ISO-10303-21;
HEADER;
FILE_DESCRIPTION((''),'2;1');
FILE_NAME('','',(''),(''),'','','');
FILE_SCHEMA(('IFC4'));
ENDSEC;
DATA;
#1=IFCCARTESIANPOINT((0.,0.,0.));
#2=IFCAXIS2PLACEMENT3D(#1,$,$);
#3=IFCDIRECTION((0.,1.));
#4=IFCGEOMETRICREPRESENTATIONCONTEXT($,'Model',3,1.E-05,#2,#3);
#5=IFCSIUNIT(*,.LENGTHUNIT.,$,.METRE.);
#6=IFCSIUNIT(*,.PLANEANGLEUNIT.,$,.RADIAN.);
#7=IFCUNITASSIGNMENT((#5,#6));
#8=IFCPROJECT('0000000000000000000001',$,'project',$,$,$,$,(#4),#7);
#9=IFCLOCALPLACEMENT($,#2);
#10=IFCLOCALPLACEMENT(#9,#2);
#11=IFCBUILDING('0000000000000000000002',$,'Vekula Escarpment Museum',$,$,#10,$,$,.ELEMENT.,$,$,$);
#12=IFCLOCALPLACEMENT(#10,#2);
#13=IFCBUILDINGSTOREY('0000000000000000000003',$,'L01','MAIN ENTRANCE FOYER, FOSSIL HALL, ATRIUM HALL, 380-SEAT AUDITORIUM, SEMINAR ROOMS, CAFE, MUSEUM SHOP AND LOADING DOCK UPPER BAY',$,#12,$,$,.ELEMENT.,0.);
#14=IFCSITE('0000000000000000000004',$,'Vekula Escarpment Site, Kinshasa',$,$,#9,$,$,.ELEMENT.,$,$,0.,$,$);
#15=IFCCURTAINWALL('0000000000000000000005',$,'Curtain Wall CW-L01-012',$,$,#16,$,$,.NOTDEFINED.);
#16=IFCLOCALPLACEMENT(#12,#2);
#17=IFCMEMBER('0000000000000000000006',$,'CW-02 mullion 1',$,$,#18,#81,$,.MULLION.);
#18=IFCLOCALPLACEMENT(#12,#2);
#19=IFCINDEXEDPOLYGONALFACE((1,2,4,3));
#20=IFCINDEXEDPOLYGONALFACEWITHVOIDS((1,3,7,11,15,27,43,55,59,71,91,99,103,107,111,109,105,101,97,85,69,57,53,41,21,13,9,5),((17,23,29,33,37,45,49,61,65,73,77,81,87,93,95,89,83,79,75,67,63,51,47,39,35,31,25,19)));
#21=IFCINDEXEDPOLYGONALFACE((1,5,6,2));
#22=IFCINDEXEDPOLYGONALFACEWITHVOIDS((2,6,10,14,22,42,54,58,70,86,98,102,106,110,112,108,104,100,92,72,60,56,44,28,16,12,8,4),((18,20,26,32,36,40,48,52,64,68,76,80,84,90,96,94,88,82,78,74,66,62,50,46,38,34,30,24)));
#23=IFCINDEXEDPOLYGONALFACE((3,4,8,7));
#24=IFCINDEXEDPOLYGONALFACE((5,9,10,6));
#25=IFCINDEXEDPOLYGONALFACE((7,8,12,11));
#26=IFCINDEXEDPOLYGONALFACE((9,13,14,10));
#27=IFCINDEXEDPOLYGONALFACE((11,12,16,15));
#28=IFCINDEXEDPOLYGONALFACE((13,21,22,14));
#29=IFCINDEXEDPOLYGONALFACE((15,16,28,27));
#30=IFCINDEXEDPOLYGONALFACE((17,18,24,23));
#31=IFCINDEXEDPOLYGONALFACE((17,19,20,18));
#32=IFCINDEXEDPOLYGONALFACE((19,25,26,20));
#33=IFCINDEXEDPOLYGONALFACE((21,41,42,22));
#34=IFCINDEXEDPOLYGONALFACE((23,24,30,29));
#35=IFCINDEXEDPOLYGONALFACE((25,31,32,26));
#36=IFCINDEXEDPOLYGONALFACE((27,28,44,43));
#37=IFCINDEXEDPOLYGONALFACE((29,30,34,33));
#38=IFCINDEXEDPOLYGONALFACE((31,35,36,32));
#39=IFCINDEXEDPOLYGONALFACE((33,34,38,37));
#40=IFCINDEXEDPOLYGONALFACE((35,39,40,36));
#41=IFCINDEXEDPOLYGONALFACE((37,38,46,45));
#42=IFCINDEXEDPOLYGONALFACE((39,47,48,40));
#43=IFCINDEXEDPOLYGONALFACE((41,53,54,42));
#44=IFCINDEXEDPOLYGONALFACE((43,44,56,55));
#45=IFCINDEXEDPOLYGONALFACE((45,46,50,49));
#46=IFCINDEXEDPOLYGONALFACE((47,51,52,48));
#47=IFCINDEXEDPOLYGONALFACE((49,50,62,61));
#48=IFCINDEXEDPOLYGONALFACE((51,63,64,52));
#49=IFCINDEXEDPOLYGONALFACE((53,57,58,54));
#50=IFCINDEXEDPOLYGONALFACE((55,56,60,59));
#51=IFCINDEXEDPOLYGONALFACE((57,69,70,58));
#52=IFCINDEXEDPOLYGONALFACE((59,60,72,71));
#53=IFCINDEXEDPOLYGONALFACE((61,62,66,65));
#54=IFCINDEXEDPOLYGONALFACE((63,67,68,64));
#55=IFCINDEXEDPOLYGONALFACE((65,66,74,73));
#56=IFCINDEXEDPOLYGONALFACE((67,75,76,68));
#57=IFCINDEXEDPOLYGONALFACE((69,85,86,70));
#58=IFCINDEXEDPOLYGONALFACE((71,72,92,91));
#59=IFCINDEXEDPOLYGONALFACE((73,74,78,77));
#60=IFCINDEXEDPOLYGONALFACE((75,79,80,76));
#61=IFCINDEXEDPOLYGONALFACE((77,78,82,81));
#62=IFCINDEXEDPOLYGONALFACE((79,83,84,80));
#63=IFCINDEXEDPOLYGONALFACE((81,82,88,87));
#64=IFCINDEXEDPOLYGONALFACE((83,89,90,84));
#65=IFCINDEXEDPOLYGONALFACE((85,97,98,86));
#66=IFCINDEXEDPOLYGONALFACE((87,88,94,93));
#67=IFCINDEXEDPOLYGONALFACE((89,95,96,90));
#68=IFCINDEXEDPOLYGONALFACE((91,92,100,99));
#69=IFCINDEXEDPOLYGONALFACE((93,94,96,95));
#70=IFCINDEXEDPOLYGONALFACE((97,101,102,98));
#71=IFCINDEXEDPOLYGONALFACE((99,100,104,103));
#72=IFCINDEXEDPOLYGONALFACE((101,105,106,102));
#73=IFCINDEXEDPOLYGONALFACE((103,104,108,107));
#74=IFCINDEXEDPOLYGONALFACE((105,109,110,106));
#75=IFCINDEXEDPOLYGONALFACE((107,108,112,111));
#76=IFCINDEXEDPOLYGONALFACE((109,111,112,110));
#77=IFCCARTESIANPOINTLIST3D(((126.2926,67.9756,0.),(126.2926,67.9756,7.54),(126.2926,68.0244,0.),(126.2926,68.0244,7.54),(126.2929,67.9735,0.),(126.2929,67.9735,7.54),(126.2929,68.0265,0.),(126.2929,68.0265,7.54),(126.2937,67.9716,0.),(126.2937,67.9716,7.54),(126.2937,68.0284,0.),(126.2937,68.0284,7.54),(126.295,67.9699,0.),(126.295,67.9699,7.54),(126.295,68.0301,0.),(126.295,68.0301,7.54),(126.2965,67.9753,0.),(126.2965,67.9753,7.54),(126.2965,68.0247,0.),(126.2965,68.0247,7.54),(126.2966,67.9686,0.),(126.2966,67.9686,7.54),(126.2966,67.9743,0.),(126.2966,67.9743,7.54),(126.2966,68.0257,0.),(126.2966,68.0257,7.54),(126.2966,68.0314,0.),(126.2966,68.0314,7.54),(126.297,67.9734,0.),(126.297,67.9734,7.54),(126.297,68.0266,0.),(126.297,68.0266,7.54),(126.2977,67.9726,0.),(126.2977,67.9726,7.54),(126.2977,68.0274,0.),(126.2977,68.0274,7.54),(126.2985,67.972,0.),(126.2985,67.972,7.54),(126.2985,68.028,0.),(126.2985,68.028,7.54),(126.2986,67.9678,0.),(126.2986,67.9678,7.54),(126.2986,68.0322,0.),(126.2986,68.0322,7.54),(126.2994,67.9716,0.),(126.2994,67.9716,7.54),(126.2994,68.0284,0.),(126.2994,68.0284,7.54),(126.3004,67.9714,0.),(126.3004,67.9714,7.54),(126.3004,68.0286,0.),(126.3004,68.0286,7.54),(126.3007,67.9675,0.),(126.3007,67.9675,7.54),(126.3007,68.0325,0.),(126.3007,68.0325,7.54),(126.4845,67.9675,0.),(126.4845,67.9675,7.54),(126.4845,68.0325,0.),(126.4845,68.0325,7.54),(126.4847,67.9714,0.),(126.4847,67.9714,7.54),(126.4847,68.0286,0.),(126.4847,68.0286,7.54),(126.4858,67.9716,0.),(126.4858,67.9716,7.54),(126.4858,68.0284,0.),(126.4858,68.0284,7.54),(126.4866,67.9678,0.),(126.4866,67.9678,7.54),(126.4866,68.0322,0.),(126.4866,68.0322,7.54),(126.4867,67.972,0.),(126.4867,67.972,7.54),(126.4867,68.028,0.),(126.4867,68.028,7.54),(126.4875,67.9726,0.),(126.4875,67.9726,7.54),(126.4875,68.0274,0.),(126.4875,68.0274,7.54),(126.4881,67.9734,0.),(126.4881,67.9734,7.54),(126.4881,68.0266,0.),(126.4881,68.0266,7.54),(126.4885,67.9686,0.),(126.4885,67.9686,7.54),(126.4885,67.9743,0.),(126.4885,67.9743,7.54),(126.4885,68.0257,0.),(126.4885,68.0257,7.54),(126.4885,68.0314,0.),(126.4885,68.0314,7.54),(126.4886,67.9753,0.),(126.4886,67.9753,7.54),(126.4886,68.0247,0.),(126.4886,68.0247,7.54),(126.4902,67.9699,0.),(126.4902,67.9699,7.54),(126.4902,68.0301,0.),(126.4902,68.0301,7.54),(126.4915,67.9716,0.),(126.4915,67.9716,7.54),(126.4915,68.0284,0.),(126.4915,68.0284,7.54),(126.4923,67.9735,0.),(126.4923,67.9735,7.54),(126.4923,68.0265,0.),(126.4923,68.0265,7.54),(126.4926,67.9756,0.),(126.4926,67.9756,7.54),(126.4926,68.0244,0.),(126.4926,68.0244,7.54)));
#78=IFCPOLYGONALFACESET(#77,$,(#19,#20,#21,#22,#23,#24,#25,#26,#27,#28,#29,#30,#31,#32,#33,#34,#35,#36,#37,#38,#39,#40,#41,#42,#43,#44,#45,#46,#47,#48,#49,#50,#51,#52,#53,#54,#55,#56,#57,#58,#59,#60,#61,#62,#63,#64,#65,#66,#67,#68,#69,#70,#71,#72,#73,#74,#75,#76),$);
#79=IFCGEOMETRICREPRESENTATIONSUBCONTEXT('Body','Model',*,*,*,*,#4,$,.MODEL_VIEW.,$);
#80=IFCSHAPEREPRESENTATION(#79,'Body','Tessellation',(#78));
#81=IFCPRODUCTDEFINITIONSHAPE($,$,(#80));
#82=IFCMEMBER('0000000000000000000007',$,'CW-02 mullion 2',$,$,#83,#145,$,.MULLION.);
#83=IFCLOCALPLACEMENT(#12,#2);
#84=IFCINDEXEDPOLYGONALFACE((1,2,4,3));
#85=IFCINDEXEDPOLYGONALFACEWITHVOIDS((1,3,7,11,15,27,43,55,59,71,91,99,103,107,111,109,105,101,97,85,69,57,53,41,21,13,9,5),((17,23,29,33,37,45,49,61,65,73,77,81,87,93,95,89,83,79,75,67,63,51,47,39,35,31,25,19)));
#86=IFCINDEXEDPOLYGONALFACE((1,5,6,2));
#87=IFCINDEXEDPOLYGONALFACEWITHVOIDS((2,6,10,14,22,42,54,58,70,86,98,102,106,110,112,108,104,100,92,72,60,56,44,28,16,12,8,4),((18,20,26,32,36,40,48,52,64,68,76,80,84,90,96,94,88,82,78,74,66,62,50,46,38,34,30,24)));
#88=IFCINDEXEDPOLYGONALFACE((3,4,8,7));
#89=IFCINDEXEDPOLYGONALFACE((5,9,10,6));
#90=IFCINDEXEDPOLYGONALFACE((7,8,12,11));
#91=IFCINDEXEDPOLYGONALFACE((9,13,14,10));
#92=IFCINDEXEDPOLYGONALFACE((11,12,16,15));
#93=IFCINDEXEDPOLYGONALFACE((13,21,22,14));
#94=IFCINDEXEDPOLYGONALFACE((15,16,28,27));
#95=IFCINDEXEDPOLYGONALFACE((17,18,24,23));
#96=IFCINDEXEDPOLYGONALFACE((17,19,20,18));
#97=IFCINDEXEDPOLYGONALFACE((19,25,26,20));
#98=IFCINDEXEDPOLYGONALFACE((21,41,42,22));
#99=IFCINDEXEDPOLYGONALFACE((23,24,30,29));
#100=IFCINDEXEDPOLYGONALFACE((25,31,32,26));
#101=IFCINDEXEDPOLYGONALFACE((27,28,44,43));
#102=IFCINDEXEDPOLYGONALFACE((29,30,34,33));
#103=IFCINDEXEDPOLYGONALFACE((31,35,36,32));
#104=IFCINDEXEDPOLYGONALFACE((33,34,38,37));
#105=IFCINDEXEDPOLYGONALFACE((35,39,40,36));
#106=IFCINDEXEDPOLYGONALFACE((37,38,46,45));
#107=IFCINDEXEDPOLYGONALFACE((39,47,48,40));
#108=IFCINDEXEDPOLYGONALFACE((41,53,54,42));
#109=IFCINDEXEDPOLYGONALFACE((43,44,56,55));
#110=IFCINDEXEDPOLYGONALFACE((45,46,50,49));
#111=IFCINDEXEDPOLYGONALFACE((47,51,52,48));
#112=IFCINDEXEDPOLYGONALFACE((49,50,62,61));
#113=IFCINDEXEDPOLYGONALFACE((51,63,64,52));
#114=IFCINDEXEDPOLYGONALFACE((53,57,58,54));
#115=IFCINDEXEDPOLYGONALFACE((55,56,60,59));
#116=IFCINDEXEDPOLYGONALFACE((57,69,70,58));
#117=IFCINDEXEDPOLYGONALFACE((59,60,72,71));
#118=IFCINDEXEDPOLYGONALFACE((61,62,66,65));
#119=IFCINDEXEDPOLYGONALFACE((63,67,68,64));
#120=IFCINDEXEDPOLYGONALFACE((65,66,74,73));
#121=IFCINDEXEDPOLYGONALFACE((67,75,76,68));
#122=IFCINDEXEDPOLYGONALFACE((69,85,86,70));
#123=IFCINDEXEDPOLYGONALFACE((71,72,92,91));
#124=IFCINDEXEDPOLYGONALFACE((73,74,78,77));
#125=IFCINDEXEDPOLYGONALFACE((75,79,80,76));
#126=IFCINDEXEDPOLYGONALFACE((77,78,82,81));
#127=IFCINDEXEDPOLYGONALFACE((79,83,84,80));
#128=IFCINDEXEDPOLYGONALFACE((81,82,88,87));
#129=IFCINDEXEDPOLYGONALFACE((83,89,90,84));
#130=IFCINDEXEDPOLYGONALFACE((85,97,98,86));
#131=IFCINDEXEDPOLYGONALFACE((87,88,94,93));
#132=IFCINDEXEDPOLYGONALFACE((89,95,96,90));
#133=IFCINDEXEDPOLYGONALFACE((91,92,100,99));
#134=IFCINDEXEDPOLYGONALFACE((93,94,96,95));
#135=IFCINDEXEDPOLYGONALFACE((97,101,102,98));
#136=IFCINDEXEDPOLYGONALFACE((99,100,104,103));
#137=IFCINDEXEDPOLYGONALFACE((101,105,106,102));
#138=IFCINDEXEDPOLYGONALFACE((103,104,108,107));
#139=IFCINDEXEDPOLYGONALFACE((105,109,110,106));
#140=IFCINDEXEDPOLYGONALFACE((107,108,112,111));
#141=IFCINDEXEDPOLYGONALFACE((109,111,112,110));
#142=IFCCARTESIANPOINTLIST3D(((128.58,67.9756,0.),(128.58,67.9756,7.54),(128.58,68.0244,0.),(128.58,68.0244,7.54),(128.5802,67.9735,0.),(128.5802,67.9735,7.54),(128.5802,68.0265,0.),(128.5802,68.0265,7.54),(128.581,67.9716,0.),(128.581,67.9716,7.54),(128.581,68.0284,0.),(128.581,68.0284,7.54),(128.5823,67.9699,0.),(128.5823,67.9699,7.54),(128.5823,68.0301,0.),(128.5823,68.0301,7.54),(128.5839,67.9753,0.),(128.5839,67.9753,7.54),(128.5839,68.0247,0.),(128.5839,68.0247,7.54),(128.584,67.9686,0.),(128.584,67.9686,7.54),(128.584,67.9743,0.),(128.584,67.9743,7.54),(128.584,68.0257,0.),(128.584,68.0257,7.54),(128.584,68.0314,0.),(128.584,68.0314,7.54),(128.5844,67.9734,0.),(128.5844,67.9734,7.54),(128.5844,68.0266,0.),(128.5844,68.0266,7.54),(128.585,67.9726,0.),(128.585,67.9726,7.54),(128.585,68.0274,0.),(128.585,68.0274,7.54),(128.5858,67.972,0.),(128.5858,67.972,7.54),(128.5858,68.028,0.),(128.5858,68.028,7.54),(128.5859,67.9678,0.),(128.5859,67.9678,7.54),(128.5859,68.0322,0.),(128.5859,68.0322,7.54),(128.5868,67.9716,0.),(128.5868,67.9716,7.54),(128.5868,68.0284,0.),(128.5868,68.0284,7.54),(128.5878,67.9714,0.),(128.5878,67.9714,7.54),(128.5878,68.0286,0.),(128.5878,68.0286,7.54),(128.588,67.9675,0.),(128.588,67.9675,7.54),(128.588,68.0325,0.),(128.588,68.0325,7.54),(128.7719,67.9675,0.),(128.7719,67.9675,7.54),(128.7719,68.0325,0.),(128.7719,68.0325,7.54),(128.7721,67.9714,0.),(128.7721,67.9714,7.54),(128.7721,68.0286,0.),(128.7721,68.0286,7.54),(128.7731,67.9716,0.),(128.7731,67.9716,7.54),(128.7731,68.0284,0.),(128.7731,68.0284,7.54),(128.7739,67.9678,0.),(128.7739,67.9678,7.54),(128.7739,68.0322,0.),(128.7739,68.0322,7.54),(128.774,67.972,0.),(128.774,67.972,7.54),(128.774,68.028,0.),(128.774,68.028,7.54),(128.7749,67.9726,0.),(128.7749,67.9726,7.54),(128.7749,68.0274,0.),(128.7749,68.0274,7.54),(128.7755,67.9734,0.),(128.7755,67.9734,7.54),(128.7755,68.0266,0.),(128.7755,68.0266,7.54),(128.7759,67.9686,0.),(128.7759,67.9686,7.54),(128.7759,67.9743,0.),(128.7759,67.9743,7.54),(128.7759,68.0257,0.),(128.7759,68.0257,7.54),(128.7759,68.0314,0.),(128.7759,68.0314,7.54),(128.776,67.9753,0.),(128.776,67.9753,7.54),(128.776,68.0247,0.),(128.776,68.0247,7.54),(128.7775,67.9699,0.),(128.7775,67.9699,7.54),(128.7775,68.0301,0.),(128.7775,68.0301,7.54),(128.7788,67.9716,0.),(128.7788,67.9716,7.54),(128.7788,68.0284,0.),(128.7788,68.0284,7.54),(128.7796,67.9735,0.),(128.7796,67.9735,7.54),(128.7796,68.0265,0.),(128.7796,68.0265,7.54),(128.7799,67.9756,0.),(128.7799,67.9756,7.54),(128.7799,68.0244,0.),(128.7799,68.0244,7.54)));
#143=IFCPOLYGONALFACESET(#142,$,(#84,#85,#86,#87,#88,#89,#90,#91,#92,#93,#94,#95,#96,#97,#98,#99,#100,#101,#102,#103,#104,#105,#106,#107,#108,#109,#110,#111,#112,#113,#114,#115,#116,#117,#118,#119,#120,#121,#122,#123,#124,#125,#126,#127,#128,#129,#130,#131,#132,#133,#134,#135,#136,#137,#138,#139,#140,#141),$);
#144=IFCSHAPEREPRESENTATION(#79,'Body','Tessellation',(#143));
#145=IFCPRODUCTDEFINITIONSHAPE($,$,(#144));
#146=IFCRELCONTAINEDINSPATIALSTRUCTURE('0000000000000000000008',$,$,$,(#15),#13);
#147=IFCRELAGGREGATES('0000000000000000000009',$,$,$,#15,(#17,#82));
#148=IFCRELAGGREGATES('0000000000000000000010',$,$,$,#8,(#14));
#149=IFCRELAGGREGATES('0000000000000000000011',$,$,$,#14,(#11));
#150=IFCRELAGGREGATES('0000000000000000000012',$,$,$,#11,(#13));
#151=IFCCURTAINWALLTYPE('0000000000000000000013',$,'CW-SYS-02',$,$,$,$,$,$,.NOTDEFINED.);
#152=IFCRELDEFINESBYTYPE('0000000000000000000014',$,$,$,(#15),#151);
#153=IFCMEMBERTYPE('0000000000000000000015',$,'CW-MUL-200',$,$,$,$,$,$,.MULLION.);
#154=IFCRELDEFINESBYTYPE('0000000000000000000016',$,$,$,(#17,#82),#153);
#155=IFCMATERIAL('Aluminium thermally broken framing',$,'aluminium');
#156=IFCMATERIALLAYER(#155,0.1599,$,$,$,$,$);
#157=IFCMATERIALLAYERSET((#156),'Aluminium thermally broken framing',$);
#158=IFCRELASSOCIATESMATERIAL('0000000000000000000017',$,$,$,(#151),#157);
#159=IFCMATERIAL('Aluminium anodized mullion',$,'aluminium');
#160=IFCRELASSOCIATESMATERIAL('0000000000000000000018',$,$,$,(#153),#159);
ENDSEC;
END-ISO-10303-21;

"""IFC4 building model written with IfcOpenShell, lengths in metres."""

from ifc_helpers import new_model, si_unit, direction, frame, origin, origin_2d, place, context, subcontext, project, spatial, hollow_rectangle, extrude, material, layer, layer_set, material_profile, profile_set, type_object, element, aggregate, save


model = new_model("IFC4")

# Units and contexts
model_context = context("Model", 3, precision=1e-05, world=origin(), true_north=direction((0.0, 1.0)))
body_context = subcontext(model_context, "Body", "Model", "MODEL_VIEW")
ifc_project = project(units=[si_unit("LENGTHUNIT", "METRE"), si_unit("PLANEANGLEUNIT", "RADIAN")], contexts=[model_context])

# Site, building, storey
site_placement = place(None, origin())
site = spatial("IfcSite", under=ifc_project, at=site_placement, Name="Vekula Escarpment Site, Kinshasa", CompositionType="ELEMENT", RefElevation=0.0)
building_placement = place(site_placement, origin())
building = spatial("IfcBuilding", under=site, at=building_placement, Name="Vekula Escarpment Museum", CompositionType="ELEMENT")
storey_placement = place(building_placement, origin())
storey = spatial("IfcBuildingStorey", under=building, at=storey_placement, Name="L01", Description="MAIN ENTRANCE FOYER, FOSSIL HALL, ATRIUM HALL, 380-SEAT AUDITORIUM, SEMINAR ROOMS, CAFE, MUSEUM SHOP AND LOADING DOCK UPPER BAY", CompositionType="ELEMENT", Elevation=0.0)

# Curtain wall, members
ifc_material_1 = material(Name="Aluminium thermally broken framing", Category="aluminium")
ifc_layer_1 = layer(ifc_material_1, 0.1599)
ifc_layer_set_1 = layer_set([ifc_layer_1], Name="Aluminium thermally broken framing")
curtain_wall_type = type_object("IfcCurtainWallType", Name="CW-SYS-02", PredefinedType="NOTDEFINED", material=ifc_layer_set_1)
curtain_wall_placement = place(storey_placement, origin())
curtain_wall = element("IfcCurtainWall", 1, at=curtain_wall_placement, inside=storey, type_object=curtain_wall_type, Name="Curtain Wall CW-L01-012", PredefinedType="NOTDEFINED")
ifc_material_2 = material(Name="Aluminium anodized mullion", Category="aluminium")
ifc_material_profile_1 = material_profile(ifc_material_2, hollow_rectangle(XDim=0.0649, YDim=0.2, WallThickness=0.0039, InnerFilletRadius=0.0039, OuterFilletRadius=0.0081, at=origin_2d()), Name="ALU 200x65x4")
ifc_profile_set_1 = profile_set([ifc_material_profile_1], Name="Aluminium anodized mullion")
member_type_1 = type_object("IfcMemberType", Name="CW-MUL-200", PredefinedType="MULLION", material=ifc_profile_set_1)
member_1_placement = place(storey_placement, frame((126.3926, 68.0, 0.0), z_axis=(0.0, 0.0, 1.0), x_axis=(0.0, 1.0, 0.0)))
member_1 = element("IfcMember", 2, at=member_1_placement, type_object=member_type_1, Name="CW-02 mullion 1", PredefinedType="MULLION", context=body_context, shape_type="SweptSolid", body=[
    extrude(hollow_rectangle(XDim=0.0649, YDim=0.2, WallThickness=0.0039, InnerFilletRadius=0.0039, OuterFilletRadius=0.0081, at=origin_2d()), origin(), (0.0, 0.0, 1.0), 7.54),
])
member_2_placement = place(storey_placement, frame((128.6799, 68.0, 0.0), z_axis=(0.0, 0.0, 1.0), x_axis=(0.0, 1.0, 0.0)))
member_2 = element("IfcMember", 3, at=member_2_placement, type_object=member_type_1, Name="CW-02 mullion 2", PredefinedType="MULLION", context=body_context, shape_type="SweptSolid", body=[
    extrude(hollow_rectangle(XDim=0.0649, YDim=0.2, WallThickness=0.0039, InnerFilletRadius=0.0039, OuterFilletRadius=0.0081, at=origin_2d()), origin(), (0.0, 0.0, 1.0), 7.54),
])

aggregate(curtain_wall, [member_1, member_2])

save(model, "model.ifc")
